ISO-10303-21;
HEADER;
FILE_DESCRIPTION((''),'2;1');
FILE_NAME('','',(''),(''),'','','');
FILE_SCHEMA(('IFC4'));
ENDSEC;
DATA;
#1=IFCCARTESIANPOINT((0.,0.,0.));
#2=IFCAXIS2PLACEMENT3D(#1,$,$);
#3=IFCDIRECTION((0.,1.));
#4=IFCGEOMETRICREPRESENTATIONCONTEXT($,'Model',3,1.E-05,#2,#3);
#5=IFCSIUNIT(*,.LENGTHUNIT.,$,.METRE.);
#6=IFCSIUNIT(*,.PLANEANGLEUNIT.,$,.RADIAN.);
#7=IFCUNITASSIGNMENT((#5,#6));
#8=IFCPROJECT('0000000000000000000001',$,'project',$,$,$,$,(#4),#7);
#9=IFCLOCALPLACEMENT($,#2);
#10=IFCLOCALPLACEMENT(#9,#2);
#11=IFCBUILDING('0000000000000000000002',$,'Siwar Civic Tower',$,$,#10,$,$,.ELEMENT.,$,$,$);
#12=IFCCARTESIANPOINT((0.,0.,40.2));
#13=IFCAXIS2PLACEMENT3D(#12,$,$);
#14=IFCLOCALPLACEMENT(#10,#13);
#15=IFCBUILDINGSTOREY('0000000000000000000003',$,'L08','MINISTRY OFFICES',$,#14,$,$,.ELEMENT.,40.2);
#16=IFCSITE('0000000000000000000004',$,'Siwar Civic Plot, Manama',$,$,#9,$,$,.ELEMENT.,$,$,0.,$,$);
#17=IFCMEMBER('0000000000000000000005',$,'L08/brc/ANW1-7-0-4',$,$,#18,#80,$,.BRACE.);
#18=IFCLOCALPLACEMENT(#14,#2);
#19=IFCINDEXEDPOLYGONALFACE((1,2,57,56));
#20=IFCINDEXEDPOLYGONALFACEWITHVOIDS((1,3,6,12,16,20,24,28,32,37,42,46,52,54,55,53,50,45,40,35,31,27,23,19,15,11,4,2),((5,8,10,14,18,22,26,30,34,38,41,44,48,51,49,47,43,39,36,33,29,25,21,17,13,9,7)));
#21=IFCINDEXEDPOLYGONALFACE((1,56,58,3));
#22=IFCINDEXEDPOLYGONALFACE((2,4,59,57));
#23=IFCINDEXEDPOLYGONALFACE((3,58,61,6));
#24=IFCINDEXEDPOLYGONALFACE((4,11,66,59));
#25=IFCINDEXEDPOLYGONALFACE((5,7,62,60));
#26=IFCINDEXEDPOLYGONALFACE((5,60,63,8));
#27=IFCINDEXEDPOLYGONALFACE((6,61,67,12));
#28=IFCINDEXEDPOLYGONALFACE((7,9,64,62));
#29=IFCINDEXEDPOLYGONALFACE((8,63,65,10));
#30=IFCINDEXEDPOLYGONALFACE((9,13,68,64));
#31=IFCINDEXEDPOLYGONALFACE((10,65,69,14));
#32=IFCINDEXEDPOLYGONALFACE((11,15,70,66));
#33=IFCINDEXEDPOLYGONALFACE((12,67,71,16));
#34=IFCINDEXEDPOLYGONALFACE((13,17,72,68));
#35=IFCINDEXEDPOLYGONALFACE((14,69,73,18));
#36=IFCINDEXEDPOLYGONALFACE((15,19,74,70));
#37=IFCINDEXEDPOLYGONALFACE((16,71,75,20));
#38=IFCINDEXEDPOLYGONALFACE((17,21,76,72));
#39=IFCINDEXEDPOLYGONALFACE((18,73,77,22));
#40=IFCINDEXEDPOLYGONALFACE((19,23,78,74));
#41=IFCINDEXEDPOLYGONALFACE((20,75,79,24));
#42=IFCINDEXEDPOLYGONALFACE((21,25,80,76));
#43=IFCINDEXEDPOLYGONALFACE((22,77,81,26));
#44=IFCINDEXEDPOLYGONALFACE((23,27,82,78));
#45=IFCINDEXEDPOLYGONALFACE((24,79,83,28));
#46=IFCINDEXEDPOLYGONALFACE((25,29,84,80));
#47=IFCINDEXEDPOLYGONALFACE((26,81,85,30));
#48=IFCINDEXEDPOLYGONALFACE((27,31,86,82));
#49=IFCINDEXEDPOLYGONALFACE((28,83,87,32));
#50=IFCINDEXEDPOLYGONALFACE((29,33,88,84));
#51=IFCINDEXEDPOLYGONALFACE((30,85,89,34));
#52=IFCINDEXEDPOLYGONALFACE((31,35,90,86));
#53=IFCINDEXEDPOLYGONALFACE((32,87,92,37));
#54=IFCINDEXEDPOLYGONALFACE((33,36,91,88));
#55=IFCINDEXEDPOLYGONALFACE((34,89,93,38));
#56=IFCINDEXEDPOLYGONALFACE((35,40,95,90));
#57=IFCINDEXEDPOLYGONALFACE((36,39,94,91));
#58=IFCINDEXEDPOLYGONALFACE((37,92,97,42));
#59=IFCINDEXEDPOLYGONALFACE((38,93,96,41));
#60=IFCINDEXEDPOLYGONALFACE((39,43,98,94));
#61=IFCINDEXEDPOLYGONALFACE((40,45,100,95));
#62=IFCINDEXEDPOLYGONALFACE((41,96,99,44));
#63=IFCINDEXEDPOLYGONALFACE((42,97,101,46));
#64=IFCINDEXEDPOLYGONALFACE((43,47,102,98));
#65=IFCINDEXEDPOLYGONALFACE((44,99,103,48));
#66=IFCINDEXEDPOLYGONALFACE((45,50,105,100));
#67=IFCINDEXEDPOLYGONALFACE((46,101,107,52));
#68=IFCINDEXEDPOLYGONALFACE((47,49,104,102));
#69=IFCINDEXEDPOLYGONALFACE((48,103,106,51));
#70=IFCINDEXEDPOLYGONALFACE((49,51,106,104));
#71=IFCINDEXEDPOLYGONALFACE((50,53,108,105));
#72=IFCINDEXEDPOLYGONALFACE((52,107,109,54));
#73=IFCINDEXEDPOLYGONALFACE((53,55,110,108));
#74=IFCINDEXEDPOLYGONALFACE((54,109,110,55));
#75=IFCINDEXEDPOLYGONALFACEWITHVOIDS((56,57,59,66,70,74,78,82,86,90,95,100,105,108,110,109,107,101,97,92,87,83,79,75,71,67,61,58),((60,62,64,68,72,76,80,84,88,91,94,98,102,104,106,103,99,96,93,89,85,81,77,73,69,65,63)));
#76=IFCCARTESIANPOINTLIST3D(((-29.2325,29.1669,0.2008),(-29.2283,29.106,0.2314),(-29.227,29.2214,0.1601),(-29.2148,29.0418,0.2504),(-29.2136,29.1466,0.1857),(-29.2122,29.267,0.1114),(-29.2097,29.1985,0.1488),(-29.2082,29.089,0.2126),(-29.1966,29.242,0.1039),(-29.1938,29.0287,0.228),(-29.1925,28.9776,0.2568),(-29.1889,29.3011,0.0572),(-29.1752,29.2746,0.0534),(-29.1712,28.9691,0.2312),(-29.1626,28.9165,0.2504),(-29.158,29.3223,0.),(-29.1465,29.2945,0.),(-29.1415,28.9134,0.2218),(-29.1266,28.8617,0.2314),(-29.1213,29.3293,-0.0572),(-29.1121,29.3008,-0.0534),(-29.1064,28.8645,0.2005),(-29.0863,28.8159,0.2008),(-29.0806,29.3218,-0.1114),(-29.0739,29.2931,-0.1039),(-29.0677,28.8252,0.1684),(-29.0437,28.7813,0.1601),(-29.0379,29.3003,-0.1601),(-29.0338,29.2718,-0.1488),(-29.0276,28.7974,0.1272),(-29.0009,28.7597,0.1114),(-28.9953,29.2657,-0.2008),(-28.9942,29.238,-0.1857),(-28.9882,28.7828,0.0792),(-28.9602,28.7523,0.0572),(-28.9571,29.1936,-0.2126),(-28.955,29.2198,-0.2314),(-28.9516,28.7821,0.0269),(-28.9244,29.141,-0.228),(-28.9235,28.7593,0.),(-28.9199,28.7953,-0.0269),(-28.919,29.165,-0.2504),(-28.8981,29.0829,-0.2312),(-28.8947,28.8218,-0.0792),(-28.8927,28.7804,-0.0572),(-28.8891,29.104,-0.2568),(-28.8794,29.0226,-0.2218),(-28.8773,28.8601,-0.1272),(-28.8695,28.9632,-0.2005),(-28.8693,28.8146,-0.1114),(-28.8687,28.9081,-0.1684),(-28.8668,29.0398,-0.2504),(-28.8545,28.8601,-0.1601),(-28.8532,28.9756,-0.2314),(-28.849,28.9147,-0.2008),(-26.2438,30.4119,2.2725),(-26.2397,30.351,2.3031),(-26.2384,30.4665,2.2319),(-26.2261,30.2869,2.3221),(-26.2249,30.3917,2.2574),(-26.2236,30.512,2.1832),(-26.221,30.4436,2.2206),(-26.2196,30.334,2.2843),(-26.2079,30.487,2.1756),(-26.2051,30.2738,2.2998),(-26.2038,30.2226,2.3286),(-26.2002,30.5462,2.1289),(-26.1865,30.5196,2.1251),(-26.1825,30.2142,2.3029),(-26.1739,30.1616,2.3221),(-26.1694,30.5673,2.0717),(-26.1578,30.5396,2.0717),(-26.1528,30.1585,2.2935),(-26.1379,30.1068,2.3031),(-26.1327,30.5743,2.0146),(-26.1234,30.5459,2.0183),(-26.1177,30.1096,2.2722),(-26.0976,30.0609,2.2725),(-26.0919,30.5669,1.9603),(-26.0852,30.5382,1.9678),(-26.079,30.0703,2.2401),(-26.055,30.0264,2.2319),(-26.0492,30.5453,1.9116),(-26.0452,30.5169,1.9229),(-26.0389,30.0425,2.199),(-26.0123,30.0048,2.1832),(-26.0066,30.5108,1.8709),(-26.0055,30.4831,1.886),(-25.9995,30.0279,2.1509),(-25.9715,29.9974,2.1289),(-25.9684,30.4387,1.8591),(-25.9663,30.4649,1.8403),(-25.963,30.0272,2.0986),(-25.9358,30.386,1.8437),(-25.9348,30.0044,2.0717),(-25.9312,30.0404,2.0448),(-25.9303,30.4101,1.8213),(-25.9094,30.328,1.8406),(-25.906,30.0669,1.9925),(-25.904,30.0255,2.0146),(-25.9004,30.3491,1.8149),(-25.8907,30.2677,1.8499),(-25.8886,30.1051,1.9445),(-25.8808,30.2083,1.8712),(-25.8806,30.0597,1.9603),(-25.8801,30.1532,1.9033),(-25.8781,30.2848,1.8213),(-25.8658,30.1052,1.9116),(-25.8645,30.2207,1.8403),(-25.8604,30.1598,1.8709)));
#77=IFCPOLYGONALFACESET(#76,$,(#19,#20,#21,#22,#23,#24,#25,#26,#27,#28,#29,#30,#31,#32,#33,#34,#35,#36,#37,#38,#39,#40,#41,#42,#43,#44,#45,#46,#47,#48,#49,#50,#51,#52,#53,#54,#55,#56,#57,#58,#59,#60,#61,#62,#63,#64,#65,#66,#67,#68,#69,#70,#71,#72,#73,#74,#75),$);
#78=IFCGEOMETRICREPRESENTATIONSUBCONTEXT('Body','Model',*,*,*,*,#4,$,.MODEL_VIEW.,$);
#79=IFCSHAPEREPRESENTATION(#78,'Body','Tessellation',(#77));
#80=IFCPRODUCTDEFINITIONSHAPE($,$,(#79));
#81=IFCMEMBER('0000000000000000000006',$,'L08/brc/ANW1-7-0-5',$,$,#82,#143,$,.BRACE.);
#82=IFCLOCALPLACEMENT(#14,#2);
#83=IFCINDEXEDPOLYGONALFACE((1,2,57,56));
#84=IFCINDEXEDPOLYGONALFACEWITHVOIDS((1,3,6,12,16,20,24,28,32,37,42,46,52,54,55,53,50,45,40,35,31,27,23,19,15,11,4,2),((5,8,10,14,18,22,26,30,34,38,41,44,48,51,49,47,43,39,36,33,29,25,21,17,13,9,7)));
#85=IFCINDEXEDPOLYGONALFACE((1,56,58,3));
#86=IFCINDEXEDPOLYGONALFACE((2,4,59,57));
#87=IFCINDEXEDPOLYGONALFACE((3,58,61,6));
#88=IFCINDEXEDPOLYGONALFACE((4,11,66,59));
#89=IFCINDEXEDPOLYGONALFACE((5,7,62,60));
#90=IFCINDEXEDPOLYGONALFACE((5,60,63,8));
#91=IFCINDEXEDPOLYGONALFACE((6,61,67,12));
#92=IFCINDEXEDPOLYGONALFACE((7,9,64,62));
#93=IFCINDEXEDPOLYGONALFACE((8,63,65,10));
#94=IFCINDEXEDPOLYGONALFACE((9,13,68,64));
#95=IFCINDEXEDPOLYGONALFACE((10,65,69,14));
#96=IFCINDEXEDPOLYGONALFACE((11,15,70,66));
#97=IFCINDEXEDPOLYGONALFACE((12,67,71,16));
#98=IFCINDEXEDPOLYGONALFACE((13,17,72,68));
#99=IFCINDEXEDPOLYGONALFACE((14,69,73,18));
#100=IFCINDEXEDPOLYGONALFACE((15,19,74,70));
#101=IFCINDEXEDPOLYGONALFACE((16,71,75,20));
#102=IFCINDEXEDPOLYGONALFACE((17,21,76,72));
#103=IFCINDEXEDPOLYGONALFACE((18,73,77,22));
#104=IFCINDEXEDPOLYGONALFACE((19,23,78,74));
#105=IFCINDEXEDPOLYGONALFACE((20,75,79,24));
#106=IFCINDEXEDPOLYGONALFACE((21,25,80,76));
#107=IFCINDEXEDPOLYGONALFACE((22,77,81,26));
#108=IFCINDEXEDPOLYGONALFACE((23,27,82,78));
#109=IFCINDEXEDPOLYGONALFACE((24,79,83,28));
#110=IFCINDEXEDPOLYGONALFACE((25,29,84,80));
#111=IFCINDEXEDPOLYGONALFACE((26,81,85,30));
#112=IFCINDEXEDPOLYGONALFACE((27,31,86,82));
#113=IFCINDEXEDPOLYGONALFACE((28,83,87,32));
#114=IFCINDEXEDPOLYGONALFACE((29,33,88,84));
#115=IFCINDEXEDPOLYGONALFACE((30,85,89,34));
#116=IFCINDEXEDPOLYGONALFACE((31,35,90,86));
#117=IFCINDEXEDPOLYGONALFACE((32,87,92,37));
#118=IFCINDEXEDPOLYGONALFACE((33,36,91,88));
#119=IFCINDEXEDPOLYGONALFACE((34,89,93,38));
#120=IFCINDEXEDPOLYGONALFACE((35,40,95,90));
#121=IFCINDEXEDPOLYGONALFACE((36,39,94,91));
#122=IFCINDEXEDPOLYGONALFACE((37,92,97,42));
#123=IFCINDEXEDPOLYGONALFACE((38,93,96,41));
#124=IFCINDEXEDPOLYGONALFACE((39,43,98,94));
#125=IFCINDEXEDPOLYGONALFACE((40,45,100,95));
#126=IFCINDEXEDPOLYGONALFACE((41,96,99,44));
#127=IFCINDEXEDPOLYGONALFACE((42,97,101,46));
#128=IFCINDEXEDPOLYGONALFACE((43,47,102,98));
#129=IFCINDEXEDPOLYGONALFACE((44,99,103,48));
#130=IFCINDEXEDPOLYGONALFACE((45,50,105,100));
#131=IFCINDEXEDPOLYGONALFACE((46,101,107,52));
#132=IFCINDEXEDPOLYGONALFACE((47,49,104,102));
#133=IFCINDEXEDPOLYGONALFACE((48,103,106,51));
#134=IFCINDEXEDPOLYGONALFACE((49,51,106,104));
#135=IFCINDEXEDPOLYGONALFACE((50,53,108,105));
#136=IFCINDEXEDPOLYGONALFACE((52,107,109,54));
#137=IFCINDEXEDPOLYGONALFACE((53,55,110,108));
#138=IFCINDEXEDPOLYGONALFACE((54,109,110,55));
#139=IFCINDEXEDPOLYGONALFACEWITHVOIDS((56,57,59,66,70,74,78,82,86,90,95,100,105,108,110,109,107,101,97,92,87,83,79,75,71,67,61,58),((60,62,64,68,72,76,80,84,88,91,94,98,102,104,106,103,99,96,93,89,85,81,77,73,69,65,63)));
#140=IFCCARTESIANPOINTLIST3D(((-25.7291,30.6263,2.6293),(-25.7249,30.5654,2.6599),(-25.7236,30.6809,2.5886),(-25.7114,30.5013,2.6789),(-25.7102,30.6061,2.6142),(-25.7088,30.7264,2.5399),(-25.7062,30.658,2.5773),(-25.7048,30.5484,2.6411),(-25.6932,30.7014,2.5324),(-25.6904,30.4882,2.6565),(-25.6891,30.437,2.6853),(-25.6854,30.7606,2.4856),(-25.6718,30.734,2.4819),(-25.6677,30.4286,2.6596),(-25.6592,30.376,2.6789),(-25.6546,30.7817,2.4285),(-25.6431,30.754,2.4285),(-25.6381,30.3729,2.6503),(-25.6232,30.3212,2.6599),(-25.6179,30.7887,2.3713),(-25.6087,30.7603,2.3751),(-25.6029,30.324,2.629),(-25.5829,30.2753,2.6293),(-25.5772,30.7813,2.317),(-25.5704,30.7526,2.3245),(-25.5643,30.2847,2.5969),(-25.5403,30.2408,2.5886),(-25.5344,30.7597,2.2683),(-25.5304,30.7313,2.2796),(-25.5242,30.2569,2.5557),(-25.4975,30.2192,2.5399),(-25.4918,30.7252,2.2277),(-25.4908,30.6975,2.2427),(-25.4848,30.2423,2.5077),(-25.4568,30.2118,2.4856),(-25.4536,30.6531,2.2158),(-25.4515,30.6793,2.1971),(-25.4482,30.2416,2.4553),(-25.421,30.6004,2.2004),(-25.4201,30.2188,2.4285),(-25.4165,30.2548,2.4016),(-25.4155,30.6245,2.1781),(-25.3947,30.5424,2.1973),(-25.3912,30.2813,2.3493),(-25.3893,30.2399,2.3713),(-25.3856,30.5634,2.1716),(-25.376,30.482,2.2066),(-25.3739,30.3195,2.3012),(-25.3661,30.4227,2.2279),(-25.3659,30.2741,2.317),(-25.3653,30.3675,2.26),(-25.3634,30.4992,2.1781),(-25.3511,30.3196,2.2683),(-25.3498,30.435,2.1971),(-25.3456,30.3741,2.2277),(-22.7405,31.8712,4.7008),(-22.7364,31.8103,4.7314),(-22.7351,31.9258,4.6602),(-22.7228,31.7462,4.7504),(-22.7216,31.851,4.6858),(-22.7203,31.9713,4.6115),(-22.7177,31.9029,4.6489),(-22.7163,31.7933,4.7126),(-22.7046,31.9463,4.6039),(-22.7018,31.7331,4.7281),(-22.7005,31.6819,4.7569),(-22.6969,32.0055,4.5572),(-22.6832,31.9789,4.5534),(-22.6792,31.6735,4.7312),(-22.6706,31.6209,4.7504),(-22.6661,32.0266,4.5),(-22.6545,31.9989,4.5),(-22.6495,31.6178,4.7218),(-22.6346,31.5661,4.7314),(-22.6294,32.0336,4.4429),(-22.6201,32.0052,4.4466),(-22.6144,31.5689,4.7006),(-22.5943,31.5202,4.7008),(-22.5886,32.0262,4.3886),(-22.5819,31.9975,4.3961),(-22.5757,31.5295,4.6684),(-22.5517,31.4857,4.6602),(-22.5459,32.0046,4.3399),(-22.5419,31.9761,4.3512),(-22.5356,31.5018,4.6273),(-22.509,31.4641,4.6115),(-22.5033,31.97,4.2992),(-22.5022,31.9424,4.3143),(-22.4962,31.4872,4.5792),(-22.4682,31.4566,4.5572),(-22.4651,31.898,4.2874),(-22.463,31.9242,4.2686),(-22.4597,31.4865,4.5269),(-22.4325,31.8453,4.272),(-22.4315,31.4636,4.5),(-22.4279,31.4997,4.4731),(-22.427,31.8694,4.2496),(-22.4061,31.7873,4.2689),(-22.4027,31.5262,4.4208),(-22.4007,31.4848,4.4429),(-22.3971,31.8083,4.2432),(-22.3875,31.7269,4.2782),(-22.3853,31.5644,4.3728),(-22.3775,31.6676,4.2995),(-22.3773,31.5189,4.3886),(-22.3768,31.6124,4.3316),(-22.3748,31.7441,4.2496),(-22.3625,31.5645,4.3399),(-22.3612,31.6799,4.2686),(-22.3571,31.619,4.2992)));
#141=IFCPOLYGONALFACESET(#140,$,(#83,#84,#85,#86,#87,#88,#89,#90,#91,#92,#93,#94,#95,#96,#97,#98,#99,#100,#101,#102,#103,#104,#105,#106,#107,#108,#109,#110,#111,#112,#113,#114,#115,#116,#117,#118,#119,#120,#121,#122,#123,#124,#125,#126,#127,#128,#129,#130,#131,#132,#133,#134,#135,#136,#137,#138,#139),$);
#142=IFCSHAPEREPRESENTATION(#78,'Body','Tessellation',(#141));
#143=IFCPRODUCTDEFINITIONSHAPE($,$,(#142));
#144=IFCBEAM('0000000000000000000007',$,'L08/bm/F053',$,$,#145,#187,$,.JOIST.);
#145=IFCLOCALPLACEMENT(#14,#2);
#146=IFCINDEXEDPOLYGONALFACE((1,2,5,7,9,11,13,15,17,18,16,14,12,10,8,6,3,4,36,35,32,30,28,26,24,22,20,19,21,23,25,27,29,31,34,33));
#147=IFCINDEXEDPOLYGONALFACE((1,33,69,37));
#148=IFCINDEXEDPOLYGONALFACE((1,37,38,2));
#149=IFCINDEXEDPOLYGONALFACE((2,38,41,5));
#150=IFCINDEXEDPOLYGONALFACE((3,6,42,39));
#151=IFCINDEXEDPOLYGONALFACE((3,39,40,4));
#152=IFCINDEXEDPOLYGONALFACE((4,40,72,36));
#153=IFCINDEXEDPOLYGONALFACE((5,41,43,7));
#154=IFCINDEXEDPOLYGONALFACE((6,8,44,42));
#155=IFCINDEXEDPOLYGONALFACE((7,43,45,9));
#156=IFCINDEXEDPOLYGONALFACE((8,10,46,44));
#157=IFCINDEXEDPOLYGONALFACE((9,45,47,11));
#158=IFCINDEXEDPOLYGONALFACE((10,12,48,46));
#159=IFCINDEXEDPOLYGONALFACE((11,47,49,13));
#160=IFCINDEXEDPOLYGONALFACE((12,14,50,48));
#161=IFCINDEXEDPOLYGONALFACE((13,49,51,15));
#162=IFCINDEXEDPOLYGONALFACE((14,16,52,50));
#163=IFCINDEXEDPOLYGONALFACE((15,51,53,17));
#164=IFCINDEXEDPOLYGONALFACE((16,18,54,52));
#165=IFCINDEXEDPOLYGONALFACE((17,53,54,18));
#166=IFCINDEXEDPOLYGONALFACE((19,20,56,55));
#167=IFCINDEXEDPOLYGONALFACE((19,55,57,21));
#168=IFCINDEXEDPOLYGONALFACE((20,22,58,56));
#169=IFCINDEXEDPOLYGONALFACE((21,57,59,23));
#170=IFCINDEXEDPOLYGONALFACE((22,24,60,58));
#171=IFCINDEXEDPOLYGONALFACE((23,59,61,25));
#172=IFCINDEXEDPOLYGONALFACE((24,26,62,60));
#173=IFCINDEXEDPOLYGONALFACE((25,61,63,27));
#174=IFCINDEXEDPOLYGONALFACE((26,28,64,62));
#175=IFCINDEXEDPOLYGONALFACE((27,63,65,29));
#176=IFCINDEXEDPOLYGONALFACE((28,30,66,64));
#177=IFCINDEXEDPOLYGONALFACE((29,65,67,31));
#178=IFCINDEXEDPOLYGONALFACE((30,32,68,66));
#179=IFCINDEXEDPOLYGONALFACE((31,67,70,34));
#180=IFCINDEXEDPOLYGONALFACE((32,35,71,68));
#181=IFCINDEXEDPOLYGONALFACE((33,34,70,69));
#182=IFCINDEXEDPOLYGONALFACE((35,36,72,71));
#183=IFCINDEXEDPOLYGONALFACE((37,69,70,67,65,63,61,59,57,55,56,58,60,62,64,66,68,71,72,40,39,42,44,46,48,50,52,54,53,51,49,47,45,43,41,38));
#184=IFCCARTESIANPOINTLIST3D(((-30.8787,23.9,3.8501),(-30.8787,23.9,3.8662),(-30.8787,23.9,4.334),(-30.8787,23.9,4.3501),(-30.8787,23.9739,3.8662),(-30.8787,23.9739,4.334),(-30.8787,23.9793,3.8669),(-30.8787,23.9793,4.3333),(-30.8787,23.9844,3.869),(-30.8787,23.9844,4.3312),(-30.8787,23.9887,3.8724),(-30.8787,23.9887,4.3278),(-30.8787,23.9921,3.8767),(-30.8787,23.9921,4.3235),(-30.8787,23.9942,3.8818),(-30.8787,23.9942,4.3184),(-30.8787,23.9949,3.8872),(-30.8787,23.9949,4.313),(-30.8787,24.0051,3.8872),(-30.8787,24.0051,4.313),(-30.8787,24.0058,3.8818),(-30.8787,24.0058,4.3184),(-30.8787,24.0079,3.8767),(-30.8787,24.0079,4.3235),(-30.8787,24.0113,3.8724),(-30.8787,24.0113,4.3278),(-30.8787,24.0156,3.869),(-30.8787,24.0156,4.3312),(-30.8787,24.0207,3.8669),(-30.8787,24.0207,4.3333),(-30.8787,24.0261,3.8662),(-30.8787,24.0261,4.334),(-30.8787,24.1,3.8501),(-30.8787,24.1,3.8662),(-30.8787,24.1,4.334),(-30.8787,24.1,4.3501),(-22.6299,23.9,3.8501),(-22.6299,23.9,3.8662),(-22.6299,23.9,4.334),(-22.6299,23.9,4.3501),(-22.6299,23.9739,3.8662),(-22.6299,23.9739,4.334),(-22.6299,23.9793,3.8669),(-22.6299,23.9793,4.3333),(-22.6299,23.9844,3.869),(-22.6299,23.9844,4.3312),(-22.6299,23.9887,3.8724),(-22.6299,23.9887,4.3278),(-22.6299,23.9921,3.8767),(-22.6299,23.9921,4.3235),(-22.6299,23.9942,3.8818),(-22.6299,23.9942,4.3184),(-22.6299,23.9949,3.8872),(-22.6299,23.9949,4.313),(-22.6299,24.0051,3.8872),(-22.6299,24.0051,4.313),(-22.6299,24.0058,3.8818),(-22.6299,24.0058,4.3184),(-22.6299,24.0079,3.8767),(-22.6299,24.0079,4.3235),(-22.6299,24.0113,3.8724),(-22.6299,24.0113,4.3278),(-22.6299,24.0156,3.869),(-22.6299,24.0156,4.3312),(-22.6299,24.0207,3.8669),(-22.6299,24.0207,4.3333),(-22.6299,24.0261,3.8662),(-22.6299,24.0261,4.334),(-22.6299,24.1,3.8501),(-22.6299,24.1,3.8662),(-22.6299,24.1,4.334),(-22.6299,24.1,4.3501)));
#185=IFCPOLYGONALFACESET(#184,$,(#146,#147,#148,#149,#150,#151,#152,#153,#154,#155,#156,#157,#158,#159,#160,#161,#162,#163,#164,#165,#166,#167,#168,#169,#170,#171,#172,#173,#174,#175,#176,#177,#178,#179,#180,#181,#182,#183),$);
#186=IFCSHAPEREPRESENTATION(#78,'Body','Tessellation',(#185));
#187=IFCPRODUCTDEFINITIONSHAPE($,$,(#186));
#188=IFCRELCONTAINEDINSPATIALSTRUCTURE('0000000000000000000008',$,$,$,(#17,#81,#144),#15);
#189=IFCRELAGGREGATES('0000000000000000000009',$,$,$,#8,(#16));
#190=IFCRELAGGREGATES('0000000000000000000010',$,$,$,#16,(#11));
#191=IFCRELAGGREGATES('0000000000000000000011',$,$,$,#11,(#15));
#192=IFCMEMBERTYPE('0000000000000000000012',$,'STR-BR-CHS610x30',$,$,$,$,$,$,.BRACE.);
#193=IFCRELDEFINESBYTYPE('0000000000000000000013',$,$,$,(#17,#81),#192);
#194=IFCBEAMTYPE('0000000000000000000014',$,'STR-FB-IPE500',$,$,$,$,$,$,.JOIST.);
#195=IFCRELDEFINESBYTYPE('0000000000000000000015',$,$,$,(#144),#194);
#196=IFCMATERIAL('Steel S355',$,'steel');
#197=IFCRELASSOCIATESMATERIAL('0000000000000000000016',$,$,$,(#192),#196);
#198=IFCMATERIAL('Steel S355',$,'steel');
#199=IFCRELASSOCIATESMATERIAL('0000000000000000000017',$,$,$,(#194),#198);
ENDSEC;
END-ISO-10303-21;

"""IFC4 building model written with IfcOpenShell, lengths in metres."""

from ifc_helpers import new_model, si_unit, direction, frame, origin, origin_2d, place, context, subcontext, project, spatial, hollow_circle, i_section, extrude, material, material_profile, profile_set, type_object, element, save


model = new_model("IFC4")

# Units and contexts
model_context = context("Model", 3, precision=1e-05, world=origin(), true_north=direction((0.0, 1.0)))
body_context = subcontext(model_context, "Body", "Model", "MODEL_VIEW")
ifc_project = project(units=[si_unit("LENGTHUNIT", "METRE"), si_unit("PLANEANGLEUNIT", "RADIAN")], contexts=[model_context])

# Site, building, storey
site_placement = place(None, origin())
site = spatial("IfcSite", under=ifc_project, at=site_placement, Name="Siwar Civic Plot, Manama", CompositionType="ELEMENT", RefElevation=0.0)
building_placement = place(site_placement, origin())
building = spatial("IfcBuilding", under=site, at=building_placement, Name="Siwar Civic Tower", CompositionType="ELEMENT")
storey_placement = place(building_placement, frame((0.0, 0.0, 40.2)))
storey = spatial("IfcBuildingStorey", under=building, at=storey_placement, Name="L08", Description="MINISTRY OFFICES", CompositionType="ELEMENT", Elevation=40.2)

# Members
ifc_material_1 = material(Name="Steel S355", Category="steel")
ifc_material_profile_1 = material_profile(ifc_material_1, hollow_circle(Radius=0.3049, WallThickness=0.03, at=origin_2d()), Name="CHS610x30")
ifc_profile_set_1 = profile_set([ifc_material_profile_1], Name="Steel S355")
member_type_1 = type_object("IfcMemberType", Name="STR-BR-CHS610x30", PredefinedType="BRACE", material=ifc_profile_set_1)
member_1_placement = place(storey_placement, frame((-29.0408, 29.0408, 0.0), z_axis=(0.777542, 0.323923, 0.538982), x_axis=(-0.384562, 0.923099, 0.0)))
element("IfcMember", 1, at=member_1_placement, inside=storey, type_object=member_type_1, Name="L08/brc/ANW1-7-0-4", PredefinedType="BRACE", context=body_context, shape_type="SweptSolid", body=[
    extrude(hollow_circle(Radius=0.3049, WallThickness=0.03, at=origin_2d()), origin(), (0.0, 0.0, 1.0), 3.8438),
])
member_2_placement = place(storey_placement, frame((-25.5374, 30.5002, 2.4285), z_axis=(0.77756, 0.323893, 0.538975), x_axis=(-0.384524, 0.923115, 0.0)))
element("IfcMember", 2, at=member_2_placement, inside=storey, type_object=member_type_1, Name="L08/brc/ANW1-7-0-5", PredefinedType="BRACE", context=body_context, shape_type="SweptSolid", body=[
    extrude(hollow_circle(Radius=0.3049, WallThickness=0.03, at=origin_2d()), origin(), (0.0, 0.0, 1.0), 3.8435),
])

# Beam
ifc_material_2 = material(Name="Steel S355", Category="steel")
ifc_material_profile_2 = material_profile(ifc_material_2, i_section(OverallWidth=0.2, OverallDepth=0.5, WebThickness=0.0103, FlangeThickness=0.0161, FilletRadius=0.021, at=origin_2d()), Name="IPE500")
ifc_profile_set_2 = profile_set([ifc_material_profile_2], Name="Steel S355")
beam_type_1 = type_object("IfcBeamType", Name="STR-FB-IPE500", PredefinedType="JOIST", material=ifc_profile_set_2)
beam_1_placement = place(storey_placement, frame((-30.8787, 24.0, 4.1001), z_axis=(1.0, 0.0, 0.0), x_axis=(0.0, 1.0, 0.0)))
element("IfcBeam", 3, at=beam_1_placement, inside=storey, type_object=beam_type_1, Name="L08/bm/F053", PredefinedType="JOIST", context=body_context, shape_type="SweptSolid", body=[
    extrude(i_section(OverallWidth=0.2, OverallDepth=0.5, WebThickness=0.0103, FlangeThickness=0.0161, FilletRadius=0.021, at=origin_2d()), origin(), (0.0, 0.0, 1.0), 8.2488),
])

save(model, "model.ifc")
